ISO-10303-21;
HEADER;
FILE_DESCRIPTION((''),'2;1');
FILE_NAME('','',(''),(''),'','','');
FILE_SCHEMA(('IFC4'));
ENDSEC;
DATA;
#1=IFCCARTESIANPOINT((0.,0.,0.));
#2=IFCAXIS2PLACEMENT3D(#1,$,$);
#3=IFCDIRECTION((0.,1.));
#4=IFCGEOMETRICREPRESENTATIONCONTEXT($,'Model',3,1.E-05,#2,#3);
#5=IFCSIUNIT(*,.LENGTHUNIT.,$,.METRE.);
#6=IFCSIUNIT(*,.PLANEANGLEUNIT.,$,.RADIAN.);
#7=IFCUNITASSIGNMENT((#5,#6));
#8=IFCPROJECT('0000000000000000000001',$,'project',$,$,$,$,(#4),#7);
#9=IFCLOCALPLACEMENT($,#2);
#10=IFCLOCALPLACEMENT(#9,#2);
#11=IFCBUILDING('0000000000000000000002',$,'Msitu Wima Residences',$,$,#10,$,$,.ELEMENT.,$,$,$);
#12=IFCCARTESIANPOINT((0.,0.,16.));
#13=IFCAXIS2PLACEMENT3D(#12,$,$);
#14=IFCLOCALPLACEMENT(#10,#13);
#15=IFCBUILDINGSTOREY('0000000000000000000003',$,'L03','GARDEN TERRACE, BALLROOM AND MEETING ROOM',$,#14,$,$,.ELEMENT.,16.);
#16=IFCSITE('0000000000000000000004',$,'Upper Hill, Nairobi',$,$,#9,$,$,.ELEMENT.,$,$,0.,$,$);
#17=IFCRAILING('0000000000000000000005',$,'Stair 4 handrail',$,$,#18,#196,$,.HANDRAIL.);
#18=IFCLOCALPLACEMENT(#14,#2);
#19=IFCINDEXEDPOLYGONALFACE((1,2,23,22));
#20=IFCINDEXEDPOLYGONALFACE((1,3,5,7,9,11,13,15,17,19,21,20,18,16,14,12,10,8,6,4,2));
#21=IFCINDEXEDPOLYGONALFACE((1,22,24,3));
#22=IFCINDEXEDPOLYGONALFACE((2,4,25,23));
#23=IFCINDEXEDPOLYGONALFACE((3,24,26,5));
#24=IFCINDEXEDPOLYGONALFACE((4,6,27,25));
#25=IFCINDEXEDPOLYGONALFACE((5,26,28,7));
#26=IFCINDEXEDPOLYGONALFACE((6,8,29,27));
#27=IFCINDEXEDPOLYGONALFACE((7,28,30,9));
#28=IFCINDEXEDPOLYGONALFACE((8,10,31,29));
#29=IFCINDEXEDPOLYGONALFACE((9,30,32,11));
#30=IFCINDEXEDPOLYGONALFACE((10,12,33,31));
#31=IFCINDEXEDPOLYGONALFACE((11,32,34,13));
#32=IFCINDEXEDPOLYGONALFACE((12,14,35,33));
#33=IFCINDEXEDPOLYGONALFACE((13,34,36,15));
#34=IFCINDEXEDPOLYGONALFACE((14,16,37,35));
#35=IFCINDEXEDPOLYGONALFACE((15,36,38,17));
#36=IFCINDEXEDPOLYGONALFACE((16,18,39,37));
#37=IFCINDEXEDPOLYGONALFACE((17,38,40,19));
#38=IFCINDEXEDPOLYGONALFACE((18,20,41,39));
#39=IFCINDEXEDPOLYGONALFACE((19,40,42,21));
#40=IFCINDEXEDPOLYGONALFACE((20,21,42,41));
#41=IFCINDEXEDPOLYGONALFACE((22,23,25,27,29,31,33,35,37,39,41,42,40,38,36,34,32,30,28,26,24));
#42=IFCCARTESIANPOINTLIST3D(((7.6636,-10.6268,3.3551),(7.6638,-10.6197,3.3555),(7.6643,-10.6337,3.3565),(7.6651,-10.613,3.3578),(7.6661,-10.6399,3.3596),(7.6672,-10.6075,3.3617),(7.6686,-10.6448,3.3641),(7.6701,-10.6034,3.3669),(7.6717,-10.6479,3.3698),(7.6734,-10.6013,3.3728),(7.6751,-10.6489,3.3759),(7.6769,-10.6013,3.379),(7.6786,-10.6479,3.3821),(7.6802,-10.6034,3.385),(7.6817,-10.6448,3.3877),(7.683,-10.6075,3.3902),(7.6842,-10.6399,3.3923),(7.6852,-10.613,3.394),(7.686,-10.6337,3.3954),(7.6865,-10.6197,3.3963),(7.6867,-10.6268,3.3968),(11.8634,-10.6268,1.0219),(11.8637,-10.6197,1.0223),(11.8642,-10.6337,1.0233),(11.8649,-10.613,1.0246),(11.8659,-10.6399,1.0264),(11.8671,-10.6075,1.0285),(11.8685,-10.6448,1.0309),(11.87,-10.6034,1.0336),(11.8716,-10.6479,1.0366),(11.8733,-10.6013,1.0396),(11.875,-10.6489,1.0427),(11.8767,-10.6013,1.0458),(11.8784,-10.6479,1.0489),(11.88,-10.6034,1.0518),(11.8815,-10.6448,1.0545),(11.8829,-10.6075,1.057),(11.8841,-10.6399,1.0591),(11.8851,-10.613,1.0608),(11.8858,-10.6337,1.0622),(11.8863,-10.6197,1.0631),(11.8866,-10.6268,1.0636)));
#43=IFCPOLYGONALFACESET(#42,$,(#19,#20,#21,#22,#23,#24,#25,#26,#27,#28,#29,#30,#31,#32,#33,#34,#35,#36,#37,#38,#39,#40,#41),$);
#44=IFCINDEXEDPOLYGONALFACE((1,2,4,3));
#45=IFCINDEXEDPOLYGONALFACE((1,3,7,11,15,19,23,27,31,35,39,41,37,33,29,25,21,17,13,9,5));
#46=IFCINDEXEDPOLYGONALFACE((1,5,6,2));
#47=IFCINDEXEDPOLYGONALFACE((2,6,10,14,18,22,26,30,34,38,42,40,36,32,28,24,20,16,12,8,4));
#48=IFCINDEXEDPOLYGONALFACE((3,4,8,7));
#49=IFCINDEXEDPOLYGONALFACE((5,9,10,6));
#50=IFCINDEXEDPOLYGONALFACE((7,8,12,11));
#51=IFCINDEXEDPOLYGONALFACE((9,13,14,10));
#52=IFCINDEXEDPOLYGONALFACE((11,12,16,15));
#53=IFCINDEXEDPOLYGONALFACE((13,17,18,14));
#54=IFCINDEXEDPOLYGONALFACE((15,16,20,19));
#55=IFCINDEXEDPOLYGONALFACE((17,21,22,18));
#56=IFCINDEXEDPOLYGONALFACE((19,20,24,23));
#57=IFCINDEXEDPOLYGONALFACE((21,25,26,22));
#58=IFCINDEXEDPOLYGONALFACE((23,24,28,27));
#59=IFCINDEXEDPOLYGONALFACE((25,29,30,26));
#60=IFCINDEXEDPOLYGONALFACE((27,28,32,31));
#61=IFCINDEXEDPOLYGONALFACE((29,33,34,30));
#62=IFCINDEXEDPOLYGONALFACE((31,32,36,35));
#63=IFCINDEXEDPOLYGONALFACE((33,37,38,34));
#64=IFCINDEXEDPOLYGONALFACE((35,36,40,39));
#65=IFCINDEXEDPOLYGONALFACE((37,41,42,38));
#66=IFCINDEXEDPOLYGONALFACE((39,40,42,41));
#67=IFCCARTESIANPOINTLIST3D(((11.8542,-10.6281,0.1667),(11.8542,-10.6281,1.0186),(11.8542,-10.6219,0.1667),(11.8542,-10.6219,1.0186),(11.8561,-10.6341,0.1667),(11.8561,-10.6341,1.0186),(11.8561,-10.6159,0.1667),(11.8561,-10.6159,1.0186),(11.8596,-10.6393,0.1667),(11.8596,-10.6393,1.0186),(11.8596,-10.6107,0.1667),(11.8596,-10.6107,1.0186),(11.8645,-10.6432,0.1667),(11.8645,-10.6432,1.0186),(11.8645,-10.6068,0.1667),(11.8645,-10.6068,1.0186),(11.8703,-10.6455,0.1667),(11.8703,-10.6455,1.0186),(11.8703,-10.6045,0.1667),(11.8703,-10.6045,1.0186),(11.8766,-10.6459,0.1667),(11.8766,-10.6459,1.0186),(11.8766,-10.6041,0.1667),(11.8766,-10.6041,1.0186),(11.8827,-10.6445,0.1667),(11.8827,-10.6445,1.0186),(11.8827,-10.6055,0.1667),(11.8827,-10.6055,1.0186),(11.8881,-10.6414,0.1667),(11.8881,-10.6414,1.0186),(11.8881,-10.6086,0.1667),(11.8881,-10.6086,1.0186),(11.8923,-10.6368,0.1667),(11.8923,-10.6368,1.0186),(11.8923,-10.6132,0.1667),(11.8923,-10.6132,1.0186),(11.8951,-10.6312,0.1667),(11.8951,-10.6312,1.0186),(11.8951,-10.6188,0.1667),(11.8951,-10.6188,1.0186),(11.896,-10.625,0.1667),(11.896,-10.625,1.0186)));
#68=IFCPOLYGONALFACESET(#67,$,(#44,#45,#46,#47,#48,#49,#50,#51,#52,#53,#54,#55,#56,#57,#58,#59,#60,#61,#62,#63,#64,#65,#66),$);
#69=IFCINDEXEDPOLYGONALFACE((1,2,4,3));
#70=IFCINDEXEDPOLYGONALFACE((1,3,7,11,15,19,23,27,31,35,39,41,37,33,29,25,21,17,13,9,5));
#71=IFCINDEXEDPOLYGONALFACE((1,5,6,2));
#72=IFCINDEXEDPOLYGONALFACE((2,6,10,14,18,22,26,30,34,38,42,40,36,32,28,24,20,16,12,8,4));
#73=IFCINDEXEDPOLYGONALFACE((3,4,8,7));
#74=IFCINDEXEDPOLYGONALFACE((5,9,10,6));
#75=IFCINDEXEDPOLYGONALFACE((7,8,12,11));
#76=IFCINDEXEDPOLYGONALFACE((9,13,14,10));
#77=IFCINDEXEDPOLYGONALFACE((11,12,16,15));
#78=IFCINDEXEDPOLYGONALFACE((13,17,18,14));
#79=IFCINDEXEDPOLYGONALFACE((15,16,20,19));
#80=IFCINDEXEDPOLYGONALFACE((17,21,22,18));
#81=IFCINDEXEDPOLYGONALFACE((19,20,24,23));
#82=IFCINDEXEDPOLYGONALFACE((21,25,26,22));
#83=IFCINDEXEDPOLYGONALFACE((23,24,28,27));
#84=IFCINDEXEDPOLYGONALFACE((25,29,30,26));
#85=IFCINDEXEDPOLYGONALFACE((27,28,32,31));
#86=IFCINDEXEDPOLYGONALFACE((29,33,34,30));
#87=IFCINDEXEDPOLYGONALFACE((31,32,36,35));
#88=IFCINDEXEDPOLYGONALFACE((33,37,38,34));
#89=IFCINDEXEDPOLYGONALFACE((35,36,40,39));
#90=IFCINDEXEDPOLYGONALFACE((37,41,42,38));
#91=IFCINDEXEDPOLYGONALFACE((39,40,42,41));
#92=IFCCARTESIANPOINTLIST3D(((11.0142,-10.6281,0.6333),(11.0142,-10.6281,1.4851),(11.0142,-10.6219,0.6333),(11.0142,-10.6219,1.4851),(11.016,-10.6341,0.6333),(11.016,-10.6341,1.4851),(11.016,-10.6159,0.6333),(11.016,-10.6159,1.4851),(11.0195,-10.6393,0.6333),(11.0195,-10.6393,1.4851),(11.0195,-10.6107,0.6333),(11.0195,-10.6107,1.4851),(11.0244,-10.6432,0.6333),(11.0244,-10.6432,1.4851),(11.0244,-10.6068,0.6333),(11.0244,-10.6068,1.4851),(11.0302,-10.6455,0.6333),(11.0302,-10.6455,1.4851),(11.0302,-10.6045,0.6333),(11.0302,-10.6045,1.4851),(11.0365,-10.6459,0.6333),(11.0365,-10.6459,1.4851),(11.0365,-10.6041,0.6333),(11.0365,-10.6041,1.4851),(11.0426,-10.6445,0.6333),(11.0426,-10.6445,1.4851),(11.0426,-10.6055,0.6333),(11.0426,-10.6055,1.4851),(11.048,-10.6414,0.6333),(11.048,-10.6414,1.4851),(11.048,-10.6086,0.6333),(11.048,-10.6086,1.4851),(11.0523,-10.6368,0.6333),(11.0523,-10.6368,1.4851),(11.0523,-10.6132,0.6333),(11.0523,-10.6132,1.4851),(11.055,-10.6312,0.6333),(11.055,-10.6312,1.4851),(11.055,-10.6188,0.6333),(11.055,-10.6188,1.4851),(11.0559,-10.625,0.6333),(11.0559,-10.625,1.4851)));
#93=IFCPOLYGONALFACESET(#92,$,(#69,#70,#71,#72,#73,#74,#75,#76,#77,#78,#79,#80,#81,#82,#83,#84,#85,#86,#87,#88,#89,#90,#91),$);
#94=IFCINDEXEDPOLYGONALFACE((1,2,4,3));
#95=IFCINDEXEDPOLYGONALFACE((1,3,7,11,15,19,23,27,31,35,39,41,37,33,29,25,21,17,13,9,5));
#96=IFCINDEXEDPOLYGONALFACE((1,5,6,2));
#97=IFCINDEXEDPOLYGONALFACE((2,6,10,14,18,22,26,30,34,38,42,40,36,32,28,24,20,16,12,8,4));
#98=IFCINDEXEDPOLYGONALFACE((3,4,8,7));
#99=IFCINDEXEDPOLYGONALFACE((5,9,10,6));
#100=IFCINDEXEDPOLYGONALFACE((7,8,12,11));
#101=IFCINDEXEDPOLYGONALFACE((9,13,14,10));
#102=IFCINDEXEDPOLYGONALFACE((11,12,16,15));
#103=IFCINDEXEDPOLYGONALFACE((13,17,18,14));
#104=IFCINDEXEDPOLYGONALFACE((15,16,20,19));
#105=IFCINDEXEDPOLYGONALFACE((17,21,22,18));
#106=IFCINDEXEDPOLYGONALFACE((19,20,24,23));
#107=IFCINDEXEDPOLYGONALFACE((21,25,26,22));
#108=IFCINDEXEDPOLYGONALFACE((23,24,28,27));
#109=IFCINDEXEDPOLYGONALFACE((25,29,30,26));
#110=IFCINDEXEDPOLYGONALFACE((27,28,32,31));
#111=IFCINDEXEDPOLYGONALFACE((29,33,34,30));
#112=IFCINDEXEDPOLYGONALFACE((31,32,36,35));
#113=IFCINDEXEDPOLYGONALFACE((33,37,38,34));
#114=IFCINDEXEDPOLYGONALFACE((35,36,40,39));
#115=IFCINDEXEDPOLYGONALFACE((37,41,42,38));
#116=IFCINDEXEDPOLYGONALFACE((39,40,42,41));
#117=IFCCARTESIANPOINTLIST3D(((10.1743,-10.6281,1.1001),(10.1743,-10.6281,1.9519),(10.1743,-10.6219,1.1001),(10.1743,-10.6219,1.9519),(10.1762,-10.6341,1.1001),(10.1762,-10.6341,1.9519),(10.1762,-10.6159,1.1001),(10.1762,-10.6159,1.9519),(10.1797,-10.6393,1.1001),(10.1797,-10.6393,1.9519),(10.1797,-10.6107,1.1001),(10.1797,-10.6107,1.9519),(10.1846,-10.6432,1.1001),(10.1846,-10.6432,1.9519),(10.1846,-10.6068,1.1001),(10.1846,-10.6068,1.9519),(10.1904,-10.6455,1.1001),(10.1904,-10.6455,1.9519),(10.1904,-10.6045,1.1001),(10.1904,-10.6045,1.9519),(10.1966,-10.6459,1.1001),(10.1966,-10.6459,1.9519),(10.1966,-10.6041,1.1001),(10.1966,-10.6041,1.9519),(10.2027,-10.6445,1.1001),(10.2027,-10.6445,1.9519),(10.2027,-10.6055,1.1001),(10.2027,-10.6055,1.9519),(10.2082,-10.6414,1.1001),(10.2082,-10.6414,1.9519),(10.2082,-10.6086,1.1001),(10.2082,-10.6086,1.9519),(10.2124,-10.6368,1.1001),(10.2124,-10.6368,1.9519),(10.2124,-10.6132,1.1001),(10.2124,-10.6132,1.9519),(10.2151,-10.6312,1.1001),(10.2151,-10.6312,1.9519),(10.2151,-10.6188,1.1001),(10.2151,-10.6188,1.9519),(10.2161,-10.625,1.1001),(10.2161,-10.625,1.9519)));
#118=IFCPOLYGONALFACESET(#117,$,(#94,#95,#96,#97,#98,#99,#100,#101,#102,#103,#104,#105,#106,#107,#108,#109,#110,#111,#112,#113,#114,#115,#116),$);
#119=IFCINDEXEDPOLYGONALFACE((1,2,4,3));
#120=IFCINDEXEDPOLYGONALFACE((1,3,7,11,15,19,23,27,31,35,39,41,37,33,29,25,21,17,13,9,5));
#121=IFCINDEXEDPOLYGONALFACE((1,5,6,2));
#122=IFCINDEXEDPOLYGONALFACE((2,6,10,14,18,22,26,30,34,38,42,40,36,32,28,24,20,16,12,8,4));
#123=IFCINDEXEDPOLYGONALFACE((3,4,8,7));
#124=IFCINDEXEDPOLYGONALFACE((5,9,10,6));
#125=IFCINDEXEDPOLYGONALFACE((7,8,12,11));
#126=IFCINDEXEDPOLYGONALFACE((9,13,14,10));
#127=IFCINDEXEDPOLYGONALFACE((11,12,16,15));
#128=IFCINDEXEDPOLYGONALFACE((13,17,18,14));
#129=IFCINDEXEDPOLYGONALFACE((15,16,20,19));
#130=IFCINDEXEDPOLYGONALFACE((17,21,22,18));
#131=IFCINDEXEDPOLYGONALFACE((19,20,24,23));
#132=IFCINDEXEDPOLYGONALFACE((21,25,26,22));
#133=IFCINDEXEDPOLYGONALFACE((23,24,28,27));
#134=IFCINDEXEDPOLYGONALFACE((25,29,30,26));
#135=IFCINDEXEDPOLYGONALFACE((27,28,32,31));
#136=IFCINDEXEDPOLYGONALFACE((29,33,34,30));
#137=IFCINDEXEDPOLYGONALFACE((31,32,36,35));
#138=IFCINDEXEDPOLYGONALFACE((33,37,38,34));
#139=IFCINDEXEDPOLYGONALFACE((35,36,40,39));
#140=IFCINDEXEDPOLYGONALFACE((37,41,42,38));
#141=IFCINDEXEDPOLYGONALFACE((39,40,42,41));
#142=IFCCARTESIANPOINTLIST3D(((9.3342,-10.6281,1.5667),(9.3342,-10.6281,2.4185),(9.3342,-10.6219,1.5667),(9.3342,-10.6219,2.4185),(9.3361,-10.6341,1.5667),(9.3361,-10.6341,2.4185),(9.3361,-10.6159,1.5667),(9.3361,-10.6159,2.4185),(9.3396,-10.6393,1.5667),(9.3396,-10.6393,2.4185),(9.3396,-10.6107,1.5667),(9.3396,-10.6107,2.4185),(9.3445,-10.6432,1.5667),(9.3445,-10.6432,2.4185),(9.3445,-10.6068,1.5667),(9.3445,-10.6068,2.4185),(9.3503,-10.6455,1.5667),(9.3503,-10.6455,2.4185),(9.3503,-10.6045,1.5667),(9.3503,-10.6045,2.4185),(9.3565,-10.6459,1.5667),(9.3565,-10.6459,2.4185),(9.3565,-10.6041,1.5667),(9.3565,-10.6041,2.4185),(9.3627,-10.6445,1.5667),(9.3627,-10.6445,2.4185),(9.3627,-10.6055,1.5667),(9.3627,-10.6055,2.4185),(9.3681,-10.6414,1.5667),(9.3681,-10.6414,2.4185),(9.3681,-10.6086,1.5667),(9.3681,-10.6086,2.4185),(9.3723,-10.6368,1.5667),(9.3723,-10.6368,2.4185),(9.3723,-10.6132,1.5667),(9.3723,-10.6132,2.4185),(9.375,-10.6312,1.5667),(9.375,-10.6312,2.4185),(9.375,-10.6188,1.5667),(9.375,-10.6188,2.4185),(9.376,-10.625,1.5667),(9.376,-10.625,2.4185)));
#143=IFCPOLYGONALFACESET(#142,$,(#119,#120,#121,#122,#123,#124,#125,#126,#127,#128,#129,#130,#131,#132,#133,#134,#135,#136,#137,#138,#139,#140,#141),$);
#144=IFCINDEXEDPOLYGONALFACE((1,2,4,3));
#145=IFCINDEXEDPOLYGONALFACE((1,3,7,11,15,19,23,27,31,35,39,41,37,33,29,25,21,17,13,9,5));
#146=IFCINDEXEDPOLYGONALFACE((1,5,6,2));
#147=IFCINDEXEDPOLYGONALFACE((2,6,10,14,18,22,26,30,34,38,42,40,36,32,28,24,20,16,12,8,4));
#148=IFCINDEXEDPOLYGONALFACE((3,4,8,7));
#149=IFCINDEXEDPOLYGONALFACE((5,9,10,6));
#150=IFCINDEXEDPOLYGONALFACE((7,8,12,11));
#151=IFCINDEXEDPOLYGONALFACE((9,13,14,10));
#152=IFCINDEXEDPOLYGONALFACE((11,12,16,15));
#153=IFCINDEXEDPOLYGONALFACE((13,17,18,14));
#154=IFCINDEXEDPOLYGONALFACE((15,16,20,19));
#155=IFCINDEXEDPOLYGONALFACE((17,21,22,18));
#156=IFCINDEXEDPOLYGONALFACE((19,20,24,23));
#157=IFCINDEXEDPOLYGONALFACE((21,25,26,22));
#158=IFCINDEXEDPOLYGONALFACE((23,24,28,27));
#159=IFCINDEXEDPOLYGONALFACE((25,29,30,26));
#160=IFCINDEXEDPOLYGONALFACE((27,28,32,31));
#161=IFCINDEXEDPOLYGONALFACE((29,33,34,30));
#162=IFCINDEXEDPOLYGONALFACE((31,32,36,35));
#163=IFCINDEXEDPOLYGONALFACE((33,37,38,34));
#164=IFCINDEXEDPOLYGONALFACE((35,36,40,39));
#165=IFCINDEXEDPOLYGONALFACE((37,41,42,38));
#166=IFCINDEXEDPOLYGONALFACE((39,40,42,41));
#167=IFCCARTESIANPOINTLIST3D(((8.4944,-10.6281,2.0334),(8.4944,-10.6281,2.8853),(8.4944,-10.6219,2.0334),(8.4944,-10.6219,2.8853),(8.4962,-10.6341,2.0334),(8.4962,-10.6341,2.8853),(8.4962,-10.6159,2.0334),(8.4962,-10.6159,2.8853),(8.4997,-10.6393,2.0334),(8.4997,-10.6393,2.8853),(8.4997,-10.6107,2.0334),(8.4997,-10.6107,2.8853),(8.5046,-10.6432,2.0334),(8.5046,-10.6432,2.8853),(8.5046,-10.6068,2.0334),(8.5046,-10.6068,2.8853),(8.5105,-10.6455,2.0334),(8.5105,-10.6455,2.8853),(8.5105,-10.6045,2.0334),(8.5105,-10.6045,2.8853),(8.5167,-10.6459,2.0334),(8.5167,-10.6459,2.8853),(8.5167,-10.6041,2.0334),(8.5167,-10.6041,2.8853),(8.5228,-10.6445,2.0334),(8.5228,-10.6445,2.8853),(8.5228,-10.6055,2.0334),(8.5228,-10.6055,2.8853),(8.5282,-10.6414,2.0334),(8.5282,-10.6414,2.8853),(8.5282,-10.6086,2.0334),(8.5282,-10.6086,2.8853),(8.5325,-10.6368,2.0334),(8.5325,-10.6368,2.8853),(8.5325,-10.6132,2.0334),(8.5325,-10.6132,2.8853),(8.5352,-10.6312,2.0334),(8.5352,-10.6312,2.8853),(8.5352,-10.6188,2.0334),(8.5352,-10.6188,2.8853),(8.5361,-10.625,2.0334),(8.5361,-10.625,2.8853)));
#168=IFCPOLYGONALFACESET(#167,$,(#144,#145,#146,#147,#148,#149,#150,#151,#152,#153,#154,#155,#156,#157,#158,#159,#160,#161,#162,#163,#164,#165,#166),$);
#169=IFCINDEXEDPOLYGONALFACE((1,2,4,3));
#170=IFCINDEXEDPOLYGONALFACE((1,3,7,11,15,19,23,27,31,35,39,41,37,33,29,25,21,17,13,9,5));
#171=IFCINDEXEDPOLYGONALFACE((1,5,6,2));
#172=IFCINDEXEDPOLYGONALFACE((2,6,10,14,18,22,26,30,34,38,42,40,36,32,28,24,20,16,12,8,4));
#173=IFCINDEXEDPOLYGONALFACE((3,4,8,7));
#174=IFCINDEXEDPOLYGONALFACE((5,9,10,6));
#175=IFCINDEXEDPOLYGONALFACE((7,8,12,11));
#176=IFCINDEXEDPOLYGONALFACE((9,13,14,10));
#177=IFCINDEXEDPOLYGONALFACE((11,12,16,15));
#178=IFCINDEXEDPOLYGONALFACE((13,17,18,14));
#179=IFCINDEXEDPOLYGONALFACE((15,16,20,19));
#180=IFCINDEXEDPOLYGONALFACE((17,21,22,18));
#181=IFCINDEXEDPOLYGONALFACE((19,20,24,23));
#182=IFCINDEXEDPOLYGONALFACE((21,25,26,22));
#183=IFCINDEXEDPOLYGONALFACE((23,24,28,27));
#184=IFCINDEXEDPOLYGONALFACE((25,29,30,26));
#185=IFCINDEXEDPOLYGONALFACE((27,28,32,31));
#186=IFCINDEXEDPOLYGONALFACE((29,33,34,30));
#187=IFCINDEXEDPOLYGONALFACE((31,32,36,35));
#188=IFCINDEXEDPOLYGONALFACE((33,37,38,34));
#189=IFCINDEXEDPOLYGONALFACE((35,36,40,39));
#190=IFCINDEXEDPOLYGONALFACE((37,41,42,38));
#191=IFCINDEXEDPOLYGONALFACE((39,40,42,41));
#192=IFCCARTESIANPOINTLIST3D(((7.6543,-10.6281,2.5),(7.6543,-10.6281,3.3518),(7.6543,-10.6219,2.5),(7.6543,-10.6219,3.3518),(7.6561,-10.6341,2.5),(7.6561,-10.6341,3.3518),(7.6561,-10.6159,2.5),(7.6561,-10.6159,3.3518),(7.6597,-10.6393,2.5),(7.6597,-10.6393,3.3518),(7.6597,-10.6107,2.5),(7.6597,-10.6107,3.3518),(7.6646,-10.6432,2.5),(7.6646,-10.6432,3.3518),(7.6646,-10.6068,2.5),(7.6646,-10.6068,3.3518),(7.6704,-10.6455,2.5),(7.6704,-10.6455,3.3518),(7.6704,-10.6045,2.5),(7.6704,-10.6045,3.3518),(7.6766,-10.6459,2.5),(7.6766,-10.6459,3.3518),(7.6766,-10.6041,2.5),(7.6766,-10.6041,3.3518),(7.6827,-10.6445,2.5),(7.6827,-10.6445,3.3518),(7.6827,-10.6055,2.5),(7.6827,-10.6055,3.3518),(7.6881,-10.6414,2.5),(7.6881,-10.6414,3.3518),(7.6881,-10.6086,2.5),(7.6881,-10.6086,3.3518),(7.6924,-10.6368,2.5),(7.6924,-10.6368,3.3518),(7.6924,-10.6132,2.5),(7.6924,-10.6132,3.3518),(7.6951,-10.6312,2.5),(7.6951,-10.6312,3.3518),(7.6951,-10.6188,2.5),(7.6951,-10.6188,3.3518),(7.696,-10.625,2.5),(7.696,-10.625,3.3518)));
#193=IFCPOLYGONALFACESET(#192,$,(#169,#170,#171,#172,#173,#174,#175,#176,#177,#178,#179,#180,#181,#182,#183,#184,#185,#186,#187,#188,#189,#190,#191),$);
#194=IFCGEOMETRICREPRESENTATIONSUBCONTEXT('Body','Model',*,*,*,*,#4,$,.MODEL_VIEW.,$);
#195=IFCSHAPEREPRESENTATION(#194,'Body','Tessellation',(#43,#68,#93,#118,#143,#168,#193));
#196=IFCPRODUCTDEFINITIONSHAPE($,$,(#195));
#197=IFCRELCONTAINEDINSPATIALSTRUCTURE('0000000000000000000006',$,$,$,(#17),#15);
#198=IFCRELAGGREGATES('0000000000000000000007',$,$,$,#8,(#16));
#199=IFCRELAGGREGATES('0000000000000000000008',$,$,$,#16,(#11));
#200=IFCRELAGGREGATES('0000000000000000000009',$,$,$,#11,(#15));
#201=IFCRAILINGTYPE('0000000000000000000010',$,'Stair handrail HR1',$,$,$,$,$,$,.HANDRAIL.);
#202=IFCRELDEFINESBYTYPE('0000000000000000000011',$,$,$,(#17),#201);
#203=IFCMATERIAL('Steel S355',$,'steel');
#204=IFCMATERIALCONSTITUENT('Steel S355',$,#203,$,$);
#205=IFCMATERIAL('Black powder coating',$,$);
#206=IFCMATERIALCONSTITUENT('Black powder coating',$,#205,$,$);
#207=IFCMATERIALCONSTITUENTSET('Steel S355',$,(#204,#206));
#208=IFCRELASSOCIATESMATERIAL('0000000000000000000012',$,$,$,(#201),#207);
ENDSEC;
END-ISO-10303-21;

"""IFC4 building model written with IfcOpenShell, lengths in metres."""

from ifc_helpers import new_model, si_unit, direction, frame, origin, origin_2d, place, context, subcontext, project, spatial, circle, extrude, material, constituent, constituent_set, type_object, element, save


model = new_model("IFC4")

# Units and contexts
model_context = context("Model", 3, precision=1e-05, world=origin(), true_north=direction((0.0, 1.0)))
body_context = subcontext(model_context, "Body", "Model", "MODEL_VIEW")
ifc_project = project(units=[si_unit("LENGTHUNIT", "METRE"), si_unit("PLANEANGLEUNIT", "RADIAN")], contexts=[model_context])

# Site, building, storey
site_placement = place(None, origin())
site = spatial("IfcSite", under=ifc_project, at=site_placement, Name="Upper Hill, Nairobi", CompositionType="ELEMENT", RefElevation=0.0)
building_placement = place(site_placement, origin())
building = spatial("IfcBuilding", under=site, at=building_placement, Name="Msitu Wima Residences", CompositionType="ELEMENT")
storey_placement = place(building_placement, frame((0.0, 0.0, 16.0)))
storey = spatial("IfcBuildingStorey", under=building, at=storey_placement, Name="L03", Description="GARDEN TERRACE, BALLROOM AND MEETING ROOM", CompositionType="ELEMENT", Elevation=16.0)

# Railing
ifc_material_1 = material(Name="Steel S355", Category="steel")
ifc_constituent_1 = constituent(ifc_material_1, Name="Steel S355")
ifc_material_2 = material(Name="Black powder coating")
ifc_constituent_2 = constituent(ifc_material_2, Name="Black powder coating")
ifc_constituent_set = constituent_set(constituents=[ifc_constituent_1, ifc_constituent_2], Name="Steel S355")
railing_type = type_object("IfcRailingType", Name="Stair handrail HR1", PredefinedType="HANDRAIL", material=ifc_constituent_set)
for number, where, name in (
    (1, (11.875, -10.625, 0.1667), "Stair 4 handrail"),
):
    element("IfcRailing", number, at=place(storey_placement, frame(where)), inside=storey, type_object=railing_type, Name=name, PredefinedType="HANDRAIL", context=body_context, shape_type="SweptSolid", body=[
        extrude(circle(Radius=0.0239, at=origin_2d()), frame((0.0, 0.0, 0.876), z_axis=(-0.874162, 0.0, 0.485634), x_axis=(0.0, -1.0, 0.0)), (0.0, 0.0, 1.0), 4.8044),
        extrude(circle(Radius=0.021, at=origin_2d()), origin(), (0.0, 0.0, 1.0), 0.8518),
        extrude(circle(Radius=0.021, at=origin_2d()), frame((-0.8401, 0.0, 0.4666)), (0.0, 0.0, 1.0), 0.8518),
        extrude(circle(Radius=0.021, at=origin_2d()), frame((-1.6799, 0.0, 0.9333)), (0.0, 0.0, 1.0), 0.8518),
        extrude(circle(Radius=0.021, at=origin_2d()), frame((-2.52, 0.0, 1.3999)), (0.0, 0.0, 1.0), 0.8518),
        extrude(circle(Radius=0.021, at=origin_2d()), frame((-3.3599, 0.0, 1.8667)), (0.0, 0.0, 1.0), 0.8518),
        extrude(circle(Radius=0.021, at=origin_2d()), frame((-4.2, 0.0, 2.3333)), (0.0, 0.0, 1.0), 0.8518),
    ])

save(model, "model.ifc")
